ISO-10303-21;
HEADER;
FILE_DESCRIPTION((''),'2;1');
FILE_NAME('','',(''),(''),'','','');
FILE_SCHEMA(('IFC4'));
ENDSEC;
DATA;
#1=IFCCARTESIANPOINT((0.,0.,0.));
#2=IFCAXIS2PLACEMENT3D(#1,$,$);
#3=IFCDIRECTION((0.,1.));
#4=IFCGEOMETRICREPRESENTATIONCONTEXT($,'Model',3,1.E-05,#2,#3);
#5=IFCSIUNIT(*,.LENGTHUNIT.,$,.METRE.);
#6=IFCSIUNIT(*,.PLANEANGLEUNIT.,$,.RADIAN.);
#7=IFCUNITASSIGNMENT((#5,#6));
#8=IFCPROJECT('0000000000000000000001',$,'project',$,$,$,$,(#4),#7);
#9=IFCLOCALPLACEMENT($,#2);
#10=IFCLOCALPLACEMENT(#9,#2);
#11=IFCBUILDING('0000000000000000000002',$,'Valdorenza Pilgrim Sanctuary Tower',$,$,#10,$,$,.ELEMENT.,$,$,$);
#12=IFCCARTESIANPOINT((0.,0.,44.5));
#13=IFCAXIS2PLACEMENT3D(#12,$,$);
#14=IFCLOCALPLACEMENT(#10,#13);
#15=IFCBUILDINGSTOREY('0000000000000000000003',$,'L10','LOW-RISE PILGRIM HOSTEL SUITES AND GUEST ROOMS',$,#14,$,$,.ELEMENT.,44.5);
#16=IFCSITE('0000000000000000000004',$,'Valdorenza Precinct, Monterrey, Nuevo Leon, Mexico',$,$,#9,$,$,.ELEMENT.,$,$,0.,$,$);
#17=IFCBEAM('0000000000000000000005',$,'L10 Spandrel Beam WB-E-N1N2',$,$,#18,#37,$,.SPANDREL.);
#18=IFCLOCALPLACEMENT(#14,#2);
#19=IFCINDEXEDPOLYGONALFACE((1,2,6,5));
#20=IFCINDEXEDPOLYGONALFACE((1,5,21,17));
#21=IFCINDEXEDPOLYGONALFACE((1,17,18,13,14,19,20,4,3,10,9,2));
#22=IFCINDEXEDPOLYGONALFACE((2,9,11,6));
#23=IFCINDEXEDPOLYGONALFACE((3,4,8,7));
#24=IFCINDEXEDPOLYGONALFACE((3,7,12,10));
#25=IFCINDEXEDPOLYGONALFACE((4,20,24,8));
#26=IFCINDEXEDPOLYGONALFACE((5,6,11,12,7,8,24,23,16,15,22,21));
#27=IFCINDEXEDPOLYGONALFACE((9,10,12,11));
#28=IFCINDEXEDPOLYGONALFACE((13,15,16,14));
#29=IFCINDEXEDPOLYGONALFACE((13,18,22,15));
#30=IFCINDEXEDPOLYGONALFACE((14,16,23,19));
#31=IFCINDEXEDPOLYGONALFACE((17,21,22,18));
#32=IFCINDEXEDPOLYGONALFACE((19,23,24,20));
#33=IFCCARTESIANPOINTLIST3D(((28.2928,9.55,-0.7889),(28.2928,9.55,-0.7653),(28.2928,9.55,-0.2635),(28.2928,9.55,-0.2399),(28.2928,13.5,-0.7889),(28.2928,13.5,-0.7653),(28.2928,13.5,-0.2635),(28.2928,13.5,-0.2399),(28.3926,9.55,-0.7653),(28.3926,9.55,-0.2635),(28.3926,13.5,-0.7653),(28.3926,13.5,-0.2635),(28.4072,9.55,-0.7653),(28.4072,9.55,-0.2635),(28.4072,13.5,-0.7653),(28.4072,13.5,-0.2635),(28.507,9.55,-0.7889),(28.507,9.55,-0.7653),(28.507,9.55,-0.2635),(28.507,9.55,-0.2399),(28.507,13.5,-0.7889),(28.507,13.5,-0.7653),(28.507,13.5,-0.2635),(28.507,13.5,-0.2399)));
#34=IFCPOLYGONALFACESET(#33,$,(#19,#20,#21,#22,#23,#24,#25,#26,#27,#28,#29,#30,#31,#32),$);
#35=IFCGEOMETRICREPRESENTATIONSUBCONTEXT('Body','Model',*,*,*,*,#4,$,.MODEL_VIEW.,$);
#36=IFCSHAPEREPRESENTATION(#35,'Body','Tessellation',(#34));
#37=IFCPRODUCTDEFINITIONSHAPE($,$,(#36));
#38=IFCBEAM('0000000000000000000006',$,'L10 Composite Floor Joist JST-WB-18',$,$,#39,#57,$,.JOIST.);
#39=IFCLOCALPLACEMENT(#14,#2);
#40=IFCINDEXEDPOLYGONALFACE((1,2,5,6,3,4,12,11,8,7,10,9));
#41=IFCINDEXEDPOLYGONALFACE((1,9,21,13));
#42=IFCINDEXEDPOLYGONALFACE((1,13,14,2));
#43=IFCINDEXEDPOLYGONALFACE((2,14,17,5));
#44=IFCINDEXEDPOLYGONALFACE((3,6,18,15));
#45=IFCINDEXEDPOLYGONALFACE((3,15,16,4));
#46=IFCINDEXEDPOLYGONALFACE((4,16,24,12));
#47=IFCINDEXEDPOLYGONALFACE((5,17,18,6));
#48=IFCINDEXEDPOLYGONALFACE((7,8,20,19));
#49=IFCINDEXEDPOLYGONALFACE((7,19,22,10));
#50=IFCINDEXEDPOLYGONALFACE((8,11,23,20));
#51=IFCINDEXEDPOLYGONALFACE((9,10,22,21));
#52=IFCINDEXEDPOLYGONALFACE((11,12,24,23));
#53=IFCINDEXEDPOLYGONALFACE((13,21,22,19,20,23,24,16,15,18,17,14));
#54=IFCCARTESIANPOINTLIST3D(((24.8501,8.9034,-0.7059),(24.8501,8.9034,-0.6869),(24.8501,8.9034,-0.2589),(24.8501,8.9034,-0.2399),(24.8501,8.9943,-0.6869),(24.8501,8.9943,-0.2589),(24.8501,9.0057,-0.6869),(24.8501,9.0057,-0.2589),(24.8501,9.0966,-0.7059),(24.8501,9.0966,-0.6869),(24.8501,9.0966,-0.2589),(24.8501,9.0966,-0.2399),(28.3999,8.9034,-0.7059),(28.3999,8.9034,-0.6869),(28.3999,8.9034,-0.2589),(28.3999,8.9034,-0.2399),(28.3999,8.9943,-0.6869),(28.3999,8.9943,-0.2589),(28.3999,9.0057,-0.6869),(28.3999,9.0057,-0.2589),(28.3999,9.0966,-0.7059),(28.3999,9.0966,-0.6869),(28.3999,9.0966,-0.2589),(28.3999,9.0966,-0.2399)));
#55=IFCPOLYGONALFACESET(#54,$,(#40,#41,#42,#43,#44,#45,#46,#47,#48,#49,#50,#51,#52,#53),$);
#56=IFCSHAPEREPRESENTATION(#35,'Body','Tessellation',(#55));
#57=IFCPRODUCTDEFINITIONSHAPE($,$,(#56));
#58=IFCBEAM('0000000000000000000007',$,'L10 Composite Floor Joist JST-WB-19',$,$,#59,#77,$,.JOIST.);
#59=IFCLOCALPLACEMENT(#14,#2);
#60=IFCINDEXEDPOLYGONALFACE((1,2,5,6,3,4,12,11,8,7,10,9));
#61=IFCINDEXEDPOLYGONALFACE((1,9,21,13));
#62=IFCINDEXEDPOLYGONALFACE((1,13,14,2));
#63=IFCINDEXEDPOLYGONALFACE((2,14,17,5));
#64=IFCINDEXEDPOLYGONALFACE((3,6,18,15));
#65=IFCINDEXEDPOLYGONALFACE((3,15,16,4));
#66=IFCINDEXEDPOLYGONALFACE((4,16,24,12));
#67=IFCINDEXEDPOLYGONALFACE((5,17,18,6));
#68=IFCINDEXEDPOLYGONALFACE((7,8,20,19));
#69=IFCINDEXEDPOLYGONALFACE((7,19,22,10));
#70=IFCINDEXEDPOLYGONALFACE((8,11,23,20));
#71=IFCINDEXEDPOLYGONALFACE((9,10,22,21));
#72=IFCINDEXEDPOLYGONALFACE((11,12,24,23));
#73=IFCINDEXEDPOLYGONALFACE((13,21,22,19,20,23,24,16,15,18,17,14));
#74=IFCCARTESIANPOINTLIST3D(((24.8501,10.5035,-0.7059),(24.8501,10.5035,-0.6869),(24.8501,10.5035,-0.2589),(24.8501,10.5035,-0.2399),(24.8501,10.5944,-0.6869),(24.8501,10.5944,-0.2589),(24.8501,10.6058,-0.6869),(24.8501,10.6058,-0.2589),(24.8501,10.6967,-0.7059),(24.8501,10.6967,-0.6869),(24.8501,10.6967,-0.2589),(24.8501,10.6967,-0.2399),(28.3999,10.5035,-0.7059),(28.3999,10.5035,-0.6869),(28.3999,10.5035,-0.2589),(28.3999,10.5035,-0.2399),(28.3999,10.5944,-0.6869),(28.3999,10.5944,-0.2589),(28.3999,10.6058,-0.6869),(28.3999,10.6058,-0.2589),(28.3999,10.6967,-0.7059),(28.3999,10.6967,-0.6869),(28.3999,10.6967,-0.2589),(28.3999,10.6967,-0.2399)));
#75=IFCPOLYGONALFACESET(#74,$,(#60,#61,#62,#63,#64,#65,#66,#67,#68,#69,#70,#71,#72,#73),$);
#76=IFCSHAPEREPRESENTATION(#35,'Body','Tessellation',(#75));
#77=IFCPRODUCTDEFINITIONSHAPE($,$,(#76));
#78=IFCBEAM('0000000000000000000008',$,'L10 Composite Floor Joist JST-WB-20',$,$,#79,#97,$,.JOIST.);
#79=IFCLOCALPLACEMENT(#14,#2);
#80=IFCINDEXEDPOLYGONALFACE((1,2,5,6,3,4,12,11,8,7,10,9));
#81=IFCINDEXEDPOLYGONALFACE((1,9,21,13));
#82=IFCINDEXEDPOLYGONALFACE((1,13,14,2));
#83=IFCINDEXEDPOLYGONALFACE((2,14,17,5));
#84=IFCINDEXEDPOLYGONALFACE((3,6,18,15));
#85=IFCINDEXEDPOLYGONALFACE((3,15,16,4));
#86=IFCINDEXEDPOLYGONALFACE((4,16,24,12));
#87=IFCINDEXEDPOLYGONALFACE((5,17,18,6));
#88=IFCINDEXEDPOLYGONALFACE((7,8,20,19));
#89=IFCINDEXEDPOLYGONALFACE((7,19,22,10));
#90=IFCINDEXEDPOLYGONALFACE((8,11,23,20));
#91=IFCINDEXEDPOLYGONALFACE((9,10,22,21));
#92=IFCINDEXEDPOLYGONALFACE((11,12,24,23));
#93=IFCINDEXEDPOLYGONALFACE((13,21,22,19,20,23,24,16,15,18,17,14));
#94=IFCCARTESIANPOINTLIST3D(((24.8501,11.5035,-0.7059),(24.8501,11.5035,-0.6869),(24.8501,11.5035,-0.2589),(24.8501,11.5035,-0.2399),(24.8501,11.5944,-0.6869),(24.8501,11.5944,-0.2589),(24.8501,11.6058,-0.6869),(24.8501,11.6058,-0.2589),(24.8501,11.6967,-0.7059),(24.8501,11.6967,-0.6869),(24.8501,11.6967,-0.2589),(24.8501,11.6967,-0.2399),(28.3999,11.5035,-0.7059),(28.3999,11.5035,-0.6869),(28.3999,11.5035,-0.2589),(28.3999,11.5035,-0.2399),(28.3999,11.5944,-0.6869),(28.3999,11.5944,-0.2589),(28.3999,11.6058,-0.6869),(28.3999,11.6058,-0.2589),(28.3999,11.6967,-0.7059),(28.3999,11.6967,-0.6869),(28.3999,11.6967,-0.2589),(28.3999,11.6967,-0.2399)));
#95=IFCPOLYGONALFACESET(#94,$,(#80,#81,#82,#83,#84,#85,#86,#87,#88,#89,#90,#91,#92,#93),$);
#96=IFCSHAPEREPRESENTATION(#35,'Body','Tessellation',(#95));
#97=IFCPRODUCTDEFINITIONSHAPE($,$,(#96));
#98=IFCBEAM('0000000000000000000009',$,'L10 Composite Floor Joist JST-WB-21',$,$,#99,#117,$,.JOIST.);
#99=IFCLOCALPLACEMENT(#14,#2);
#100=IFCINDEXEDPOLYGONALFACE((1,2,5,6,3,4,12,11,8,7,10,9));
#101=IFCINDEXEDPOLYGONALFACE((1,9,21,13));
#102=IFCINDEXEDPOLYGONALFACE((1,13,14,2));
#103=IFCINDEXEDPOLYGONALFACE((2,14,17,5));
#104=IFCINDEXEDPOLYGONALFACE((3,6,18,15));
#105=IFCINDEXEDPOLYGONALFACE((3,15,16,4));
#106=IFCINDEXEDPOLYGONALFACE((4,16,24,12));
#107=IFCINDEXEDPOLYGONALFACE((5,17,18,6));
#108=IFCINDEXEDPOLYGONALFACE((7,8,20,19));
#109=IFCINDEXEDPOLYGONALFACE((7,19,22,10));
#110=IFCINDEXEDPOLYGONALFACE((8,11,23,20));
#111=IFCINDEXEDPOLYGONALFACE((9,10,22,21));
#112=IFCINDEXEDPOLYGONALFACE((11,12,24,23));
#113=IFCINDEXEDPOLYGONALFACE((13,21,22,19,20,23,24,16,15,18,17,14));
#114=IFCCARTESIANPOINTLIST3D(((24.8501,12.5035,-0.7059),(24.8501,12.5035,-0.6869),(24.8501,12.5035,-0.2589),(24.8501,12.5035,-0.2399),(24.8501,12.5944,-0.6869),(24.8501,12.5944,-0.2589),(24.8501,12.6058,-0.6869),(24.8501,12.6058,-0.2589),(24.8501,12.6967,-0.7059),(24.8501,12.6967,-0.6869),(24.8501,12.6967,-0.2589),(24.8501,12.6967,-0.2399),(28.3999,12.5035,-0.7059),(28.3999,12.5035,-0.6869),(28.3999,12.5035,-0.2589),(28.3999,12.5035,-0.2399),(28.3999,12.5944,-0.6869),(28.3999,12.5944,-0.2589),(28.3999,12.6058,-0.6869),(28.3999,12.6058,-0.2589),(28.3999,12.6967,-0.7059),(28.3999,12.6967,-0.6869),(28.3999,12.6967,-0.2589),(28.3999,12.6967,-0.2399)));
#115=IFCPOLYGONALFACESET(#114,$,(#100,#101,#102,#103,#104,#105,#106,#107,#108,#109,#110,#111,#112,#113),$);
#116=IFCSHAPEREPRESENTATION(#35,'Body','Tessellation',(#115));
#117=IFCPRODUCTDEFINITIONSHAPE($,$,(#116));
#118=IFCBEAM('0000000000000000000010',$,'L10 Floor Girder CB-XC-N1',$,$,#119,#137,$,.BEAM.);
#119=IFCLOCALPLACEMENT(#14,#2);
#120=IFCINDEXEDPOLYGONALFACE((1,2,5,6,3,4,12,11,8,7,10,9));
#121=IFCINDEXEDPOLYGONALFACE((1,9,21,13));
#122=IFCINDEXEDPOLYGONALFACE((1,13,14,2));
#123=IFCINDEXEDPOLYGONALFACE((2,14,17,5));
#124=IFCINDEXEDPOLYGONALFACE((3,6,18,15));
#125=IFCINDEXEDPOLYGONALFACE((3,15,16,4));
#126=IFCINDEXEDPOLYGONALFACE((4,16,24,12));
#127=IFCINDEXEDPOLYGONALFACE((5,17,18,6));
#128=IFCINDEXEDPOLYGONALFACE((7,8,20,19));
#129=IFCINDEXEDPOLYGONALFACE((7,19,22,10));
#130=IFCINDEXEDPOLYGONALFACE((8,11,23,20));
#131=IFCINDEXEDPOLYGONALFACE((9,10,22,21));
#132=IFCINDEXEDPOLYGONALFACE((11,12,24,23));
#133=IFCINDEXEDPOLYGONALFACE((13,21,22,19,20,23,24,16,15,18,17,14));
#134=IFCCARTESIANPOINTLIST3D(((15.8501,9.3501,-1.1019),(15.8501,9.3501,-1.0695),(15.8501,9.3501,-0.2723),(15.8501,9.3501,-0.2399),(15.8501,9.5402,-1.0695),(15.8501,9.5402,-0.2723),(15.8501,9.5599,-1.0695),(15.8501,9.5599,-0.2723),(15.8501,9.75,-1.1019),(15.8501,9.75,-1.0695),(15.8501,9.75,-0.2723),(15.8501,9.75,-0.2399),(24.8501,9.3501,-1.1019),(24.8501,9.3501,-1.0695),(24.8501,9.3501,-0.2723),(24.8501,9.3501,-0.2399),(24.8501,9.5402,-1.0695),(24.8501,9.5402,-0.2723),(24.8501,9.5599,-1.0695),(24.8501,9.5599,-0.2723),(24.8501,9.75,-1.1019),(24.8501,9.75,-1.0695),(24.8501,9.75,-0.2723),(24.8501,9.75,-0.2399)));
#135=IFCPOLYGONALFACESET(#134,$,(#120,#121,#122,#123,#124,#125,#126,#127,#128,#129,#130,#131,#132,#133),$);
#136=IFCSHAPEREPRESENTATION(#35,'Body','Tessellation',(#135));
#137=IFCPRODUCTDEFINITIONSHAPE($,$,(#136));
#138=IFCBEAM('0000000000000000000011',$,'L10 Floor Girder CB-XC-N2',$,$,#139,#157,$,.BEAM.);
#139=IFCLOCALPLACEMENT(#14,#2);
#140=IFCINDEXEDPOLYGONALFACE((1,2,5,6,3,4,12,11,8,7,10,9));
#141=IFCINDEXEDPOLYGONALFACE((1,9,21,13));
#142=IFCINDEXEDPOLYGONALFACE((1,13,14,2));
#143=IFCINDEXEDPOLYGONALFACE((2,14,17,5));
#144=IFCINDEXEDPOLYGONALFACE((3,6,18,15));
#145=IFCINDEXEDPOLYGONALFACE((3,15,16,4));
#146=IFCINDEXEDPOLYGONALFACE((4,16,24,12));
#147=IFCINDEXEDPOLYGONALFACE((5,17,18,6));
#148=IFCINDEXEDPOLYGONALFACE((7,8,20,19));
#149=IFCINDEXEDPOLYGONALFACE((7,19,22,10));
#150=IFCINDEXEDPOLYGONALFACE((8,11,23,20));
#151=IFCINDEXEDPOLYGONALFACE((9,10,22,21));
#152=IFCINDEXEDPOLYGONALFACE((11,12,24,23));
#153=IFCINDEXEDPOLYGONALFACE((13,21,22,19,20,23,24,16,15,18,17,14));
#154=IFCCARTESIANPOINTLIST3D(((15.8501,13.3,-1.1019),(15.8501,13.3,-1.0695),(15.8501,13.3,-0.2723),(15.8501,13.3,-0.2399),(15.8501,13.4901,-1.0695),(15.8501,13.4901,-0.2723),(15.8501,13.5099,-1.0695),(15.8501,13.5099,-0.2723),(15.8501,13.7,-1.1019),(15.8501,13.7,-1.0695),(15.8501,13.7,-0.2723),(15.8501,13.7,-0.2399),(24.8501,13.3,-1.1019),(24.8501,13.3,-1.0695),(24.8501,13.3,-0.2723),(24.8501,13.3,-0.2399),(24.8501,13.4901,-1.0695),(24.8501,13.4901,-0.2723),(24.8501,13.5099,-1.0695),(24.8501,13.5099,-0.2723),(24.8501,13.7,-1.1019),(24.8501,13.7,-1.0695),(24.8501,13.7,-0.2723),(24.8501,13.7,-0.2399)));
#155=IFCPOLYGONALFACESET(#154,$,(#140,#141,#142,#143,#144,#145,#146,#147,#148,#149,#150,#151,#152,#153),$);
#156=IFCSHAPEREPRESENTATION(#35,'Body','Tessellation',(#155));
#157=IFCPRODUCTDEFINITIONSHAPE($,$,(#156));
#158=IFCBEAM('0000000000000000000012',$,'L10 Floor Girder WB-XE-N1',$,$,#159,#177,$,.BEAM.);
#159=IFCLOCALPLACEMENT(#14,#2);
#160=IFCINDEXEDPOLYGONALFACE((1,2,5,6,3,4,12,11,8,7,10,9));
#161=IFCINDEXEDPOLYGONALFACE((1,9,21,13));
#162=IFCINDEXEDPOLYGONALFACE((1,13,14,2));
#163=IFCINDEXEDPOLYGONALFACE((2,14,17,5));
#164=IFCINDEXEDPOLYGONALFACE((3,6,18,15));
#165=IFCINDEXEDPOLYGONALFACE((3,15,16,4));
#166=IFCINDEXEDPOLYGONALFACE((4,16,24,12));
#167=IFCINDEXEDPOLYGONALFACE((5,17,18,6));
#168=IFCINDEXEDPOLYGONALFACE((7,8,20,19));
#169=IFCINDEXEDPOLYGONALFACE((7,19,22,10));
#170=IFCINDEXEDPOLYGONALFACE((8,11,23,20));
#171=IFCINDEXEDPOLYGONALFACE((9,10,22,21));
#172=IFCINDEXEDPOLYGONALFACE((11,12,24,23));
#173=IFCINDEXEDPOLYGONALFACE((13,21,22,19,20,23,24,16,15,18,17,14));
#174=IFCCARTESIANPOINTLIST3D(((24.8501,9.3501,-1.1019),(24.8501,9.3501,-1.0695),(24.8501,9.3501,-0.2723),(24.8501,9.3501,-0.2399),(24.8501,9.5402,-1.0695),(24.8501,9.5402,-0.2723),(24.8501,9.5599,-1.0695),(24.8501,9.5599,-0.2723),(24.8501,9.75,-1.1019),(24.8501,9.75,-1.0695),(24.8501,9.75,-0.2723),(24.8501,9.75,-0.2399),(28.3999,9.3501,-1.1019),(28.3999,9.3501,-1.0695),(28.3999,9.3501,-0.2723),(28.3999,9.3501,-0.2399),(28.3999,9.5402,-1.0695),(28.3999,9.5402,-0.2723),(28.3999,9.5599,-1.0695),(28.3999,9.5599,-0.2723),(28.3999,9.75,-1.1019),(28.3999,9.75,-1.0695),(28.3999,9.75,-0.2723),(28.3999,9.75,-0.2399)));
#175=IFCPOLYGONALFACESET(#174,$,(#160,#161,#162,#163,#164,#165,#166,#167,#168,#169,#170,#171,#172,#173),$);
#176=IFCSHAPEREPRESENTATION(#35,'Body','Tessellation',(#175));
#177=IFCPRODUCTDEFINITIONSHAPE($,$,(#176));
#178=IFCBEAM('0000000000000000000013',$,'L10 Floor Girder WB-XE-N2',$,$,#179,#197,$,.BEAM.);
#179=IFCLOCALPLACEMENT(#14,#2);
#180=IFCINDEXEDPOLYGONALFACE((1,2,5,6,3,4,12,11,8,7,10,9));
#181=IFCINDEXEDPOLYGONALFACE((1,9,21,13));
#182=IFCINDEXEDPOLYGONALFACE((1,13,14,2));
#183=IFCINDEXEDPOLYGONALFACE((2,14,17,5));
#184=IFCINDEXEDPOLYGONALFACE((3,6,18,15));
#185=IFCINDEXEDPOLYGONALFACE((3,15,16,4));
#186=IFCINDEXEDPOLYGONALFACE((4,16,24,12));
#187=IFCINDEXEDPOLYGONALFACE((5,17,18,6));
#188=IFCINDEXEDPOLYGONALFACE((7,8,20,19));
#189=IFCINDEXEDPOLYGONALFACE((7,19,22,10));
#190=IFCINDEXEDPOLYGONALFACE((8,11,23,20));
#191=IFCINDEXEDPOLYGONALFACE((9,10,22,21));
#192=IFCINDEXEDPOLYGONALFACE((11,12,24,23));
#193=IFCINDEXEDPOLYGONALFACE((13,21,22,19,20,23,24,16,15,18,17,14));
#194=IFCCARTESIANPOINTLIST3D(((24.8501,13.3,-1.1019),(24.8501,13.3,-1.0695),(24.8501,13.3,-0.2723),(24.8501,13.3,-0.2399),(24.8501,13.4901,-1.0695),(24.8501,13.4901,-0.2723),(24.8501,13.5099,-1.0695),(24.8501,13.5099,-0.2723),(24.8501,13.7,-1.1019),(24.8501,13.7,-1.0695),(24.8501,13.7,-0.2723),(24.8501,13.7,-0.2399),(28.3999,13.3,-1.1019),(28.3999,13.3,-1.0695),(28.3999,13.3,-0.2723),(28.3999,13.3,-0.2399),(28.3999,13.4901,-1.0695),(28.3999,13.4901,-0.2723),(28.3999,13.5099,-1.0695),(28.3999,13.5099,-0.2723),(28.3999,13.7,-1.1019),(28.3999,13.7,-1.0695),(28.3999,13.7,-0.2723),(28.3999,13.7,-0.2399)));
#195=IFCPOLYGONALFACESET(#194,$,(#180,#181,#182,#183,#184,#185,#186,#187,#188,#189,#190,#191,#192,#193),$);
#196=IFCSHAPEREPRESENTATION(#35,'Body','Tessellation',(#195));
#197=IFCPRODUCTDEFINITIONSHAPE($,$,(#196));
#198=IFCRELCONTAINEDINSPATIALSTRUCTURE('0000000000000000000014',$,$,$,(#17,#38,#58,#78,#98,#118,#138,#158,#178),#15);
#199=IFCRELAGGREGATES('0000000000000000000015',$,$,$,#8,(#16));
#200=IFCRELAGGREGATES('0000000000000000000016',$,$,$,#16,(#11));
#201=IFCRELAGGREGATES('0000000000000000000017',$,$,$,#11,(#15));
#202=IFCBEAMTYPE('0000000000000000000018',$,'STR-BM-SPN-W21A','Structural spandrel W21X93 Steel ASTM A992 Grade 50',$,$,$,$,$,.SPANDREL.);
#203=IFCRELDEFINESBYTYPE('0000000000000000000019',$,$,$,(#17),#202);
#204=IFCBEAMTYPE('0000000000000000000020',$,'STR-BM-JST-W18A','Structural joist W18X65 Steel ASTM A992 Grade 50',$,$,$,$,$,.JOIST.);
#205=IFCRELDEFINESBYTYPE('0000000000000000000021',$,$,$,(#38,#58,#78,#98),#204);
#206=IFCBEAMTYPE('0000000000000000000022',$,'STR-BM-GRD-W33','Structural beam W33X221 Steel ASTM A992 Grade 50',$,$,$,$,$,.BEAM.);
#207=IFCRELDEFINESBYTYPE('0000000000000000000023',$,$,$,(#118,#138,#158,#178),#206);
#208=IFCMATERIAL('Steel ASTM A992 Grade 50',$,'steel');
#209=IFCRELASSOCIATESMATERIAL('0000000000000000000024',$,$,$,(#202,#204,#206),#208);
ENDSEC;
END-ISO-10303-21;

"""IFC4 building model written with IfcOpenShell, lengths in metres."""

from ifc_helpers import new_model, si_unit, direction, frame, origin, origin_2d, place, context, subcontext, project, spatial, i_section, extrude, source, transform, mapped, material, material_profile, profile_set, type_object, element, save


model = new_model("IFC4")

# Units and contexts
model_context = context("Model", 3, precision=1e-05, world=origin(), true_north=direction((0.0, 1.0)))
body_context = subcontext(model_context, "Body", "Model", "MODEL_VIEW")
ifc_project = project(units=[si_unit("LENGTHUNIT", "METRE"), si_unit("PLANEANGLEUNIT", "RADIAN")], contexts=[model_context])

# Site, building, storey
site_placement = place(None, origin())
site = spatial("IfcSite", under=ifc_project, at=site_placement, Name="Valdorenza Precinct, Monterrey, Nuevo Leon, Mexico", CompositionType="ELEMENT", RefElevation=0.0)
building_placement = place(site_placement, origin())
building = spatial("IfcBuilding", under=site, at=building_placement, Name="Valdorenza Pilgrim Sanctuary Tower", CompositionType="ELEMENT")
storey_placement = place(building_placement, frame((0.0, 0.0, 44.5)))
storey = spatial("IfcBuildingStorey", under=building, at=storey_placement, Name="L10", Description="LOW-RISE PILGRIM HOSTEL SUITES AND GUEST ROOMS", CompositionType="ELEMENT", Elevation=44.5)

# Beams
ifc_material_1 = material(Name="Steel ASTM A992 Grade 50", Category="steel")
ifc_material_profile_1 = material_profile(ifc_material_1, i_section(OverallWidth=0.2141, OverallDepth=0.5491, WebThickness=0.0146, FlangeThickness=0.0237, at=origin_2d()), Name="W21X93")
ifc_profile_set_1 = profile_set([ifc_material_profile_1], Name="Steel ASTM A992 Grade 50")
beam_type_1 = type_object("IfcBeamType", Name="STR-BM-SPN-W21A", Description="Structural spandrel W21X93 Steel ASTM A992 Grade 50", PredefinedType="SPANDREL", material=ifc_profile_set_1)
shared_shape_1 = source(origin(), body_context, "Body", "SweptSolid", [
    extrude(i_section(OverallWidth=0.2141, OverallDepth=0.5491, WebThickness=0.0146, FlangeThickness=0.0237, at=origin_2d()), origin(), (0.0, 0.0, 1.0), 3.95),
])
beam_placement = place(storey_placement, frame((28.3999, 9.55, -0.5144), z_axis=(0.0, 1.0, 0.0), x_axis=(-1.0, 0.0, 0.0)))
element("IfcBeam", 1, at=beam_placement, inside=storey, type_object=beam_type_1, Name="L10 Spandrel Beam WB-E-N1N2", PredefinedType="SPANDREL", context=body_context, shape_type="MappedRepresentation", body=[
    mapped(shared_shape_1, transform((0.0, 0.0, 0.0), x_axis=(1.0, 0.0, 0.0), y_axis=(0.0, 1.0, 0.0), z_axis=(0.0, 0.0, 1.0), scale=1.0)),
])
ifc_material_profile_2 = material_profile(ifc_material_1, i_section(OverallWidth=0.1931, OverallDepth=0.4661, WebThickness=0.0115, FlangeThickness=0.019, at=origin_2d()), Name="W18X65")
ifc_profile_set_2 = profile_set([ifc_material_profile_2], Name="Steel ASTM A992 Grade 50")
beam_type_2 = type_object("IfcBeamType", Name="STR-BM-JST-W18A", Description="Structural joist W18X65 Steel ASTM A992 Grade 50", PredefinedType="JOIST", material=ifc_profile_set_2)
shared_shape_2 = source(origin(), body_context, "Body", "SweptSolid", [
    extrude(i_section(OverallWidth=0.1931, OverallDepth=0.4661, WebThickness=0.0115, FlangeThickness=0.019, at=origin_2d()), origin(), (0.0, 0.0, 1.0), 3.5498),
])
for number, where, z_axis, x_axis, name in (
    (2, (24.8501, 9.0, -0.4729), (1.0, 0.0, 0.0), (0.0, 1.0, 0.0), "L10 Composite Floor Joist JST-WB-18"),
    (3, (24.8501, 10.6001, -0.4729), (1.0, 0.0, 0.0), (0.0, 1.0, 0.0), "L10 Composite Floor Joist JST-WB-19"),
    (4, (24.8501, 11.6001, -0.4729), (1.0, 0.0, 0.0), (0.0, 1.0, 0.0), "L10 Composite Floor Joist JST-WB-20"),
    (5, (24.8501, 12.6001, -0.4729), (1.0, 0.0, 0.0), (0.0, 1.0, 0.0), "L10 Composite Floor Joist JST-WB-21"),
):
    element("IfcBeam", number, at=place(storey_placement, frame(where, z_axis=z_axis, x_axis=x_axis)), inside=storey, type_object=beam_type_2, Name=name, PredefinedType="JOIST", context=body_context, shape_type="MappedRepresentation", body=[
        mapped(shared_shape_2, transform((0.0, 0.0, 0.0), x_axis=(1.0, 0.0, 0.0), y_axis=(0.0, 1.0, 0.0), z_axis=(0.0, 0.0, 1.0), scale=1.0)),
    ])
ifc_material_profile_3 = material_profile(ifc_material_1, i_section(OverallWidth=0.3999, OverallDepth=0.8621, WebThickness=0.0198, FlangeThickness=0.0325, at=origin_2d()), Name="W33X221")
ifc_profile_set_3 = profile_set([ifc_material_profile_3], Name="Steel ASTM A992 Grade 50")
beam_type_3 = type_object("IfcBeamType", Name="STR-BM-GRD-W33", Description="Structural beam W33X221 Steel ASTM A992 Grade 50", PredefinedType="BEAM", material=ifc_profile_set_3)
shared_shape_3 = source(origin(), body_context, "Body", "SweptSolid", [
    extrude(i_section(OverallWidth=0.3999, OverallDepth=0.8621, WebThickness=0.0198, FlangeThickness=0.0325, at=origin_2d()), origin(), (0.0, 0.0, 1.0), 9.0),
])
for number, where, z_axis, x_axis, name in (
    (6, (15.8501, 9.55, -0.6709), (1.0, 0.0, 0.0), (0.0, 1.0, 0.0), "L10 Floor Girder CB-XC-N1"),
    (7, (15.8501, 13.5, -0.6709), (1.0, 0.0, 0.0), (0.0, 1.0, 0.0), "L10 Floor Girder CB-XC-N2"),
):
    element("IfcBeam", number, at=place(storey_placement, frame(where, z_axis=z_axis, x_axis=x_axis)), inside=storey, type_object=beam_type_3, Name=name, PredefinedType="BEAM", context=body_context, shape_type="MappedRepresentation", body=[
        mapped(shared_shape_3, transform((0.0, 0.0, 0.0), x_axis=(1.0, 0.0, 0.0), y_axis=(0.0, 1.0, 0.0), z_axis=(0.0, 0.0, 1.0), scale=1.0)),
    ])
shared_shape_4 = source(origin(), body_context, "Body", "SweptSolid", [
    extrude(i_section(OverallWidth=0.3999, OverallDepth=0.8621, WebThickness=0.0198, FlangeThickness=0.0325, at=origin_2d()), origin(), (0.0, 0.0, 1.0), 3.5498),
])
for number, where, z_axis, x_axis, name in (
    (8, (24.8501, 9.55, -0.6709), (1.0, 0.0, 0.0), (0.0, 1.0, 0.0), "L10 Floor Girder WB-XE-N1"),
    (9, (24.8501, 13.5, -0.6709), (1.0, 0.0, 0.0), (0.0, 1.0, 0.0), "L10 Floor Girder WB-XE-N2"),
):
    element("IfcBeam", number, at=place(storey_placement, frame(where, z_axis=z_axis, x_axis=x_axis)), inside=storey, type_object=beam_type_3, Name=name, PredefinedType="BEAM", context=body_context, shape_type="MappedRepresentation", body=[
        mapped(shared_shape_4, transform((0.0, 0.0, 0.0), x_axis=(1.0, 0.0, 0.0), y_axis=(0.0, 1.0, 0.0), z_axis=(0.0, 0.0, 1.0), scale=1.0)),
    ])

save(model, "model.ifc")
